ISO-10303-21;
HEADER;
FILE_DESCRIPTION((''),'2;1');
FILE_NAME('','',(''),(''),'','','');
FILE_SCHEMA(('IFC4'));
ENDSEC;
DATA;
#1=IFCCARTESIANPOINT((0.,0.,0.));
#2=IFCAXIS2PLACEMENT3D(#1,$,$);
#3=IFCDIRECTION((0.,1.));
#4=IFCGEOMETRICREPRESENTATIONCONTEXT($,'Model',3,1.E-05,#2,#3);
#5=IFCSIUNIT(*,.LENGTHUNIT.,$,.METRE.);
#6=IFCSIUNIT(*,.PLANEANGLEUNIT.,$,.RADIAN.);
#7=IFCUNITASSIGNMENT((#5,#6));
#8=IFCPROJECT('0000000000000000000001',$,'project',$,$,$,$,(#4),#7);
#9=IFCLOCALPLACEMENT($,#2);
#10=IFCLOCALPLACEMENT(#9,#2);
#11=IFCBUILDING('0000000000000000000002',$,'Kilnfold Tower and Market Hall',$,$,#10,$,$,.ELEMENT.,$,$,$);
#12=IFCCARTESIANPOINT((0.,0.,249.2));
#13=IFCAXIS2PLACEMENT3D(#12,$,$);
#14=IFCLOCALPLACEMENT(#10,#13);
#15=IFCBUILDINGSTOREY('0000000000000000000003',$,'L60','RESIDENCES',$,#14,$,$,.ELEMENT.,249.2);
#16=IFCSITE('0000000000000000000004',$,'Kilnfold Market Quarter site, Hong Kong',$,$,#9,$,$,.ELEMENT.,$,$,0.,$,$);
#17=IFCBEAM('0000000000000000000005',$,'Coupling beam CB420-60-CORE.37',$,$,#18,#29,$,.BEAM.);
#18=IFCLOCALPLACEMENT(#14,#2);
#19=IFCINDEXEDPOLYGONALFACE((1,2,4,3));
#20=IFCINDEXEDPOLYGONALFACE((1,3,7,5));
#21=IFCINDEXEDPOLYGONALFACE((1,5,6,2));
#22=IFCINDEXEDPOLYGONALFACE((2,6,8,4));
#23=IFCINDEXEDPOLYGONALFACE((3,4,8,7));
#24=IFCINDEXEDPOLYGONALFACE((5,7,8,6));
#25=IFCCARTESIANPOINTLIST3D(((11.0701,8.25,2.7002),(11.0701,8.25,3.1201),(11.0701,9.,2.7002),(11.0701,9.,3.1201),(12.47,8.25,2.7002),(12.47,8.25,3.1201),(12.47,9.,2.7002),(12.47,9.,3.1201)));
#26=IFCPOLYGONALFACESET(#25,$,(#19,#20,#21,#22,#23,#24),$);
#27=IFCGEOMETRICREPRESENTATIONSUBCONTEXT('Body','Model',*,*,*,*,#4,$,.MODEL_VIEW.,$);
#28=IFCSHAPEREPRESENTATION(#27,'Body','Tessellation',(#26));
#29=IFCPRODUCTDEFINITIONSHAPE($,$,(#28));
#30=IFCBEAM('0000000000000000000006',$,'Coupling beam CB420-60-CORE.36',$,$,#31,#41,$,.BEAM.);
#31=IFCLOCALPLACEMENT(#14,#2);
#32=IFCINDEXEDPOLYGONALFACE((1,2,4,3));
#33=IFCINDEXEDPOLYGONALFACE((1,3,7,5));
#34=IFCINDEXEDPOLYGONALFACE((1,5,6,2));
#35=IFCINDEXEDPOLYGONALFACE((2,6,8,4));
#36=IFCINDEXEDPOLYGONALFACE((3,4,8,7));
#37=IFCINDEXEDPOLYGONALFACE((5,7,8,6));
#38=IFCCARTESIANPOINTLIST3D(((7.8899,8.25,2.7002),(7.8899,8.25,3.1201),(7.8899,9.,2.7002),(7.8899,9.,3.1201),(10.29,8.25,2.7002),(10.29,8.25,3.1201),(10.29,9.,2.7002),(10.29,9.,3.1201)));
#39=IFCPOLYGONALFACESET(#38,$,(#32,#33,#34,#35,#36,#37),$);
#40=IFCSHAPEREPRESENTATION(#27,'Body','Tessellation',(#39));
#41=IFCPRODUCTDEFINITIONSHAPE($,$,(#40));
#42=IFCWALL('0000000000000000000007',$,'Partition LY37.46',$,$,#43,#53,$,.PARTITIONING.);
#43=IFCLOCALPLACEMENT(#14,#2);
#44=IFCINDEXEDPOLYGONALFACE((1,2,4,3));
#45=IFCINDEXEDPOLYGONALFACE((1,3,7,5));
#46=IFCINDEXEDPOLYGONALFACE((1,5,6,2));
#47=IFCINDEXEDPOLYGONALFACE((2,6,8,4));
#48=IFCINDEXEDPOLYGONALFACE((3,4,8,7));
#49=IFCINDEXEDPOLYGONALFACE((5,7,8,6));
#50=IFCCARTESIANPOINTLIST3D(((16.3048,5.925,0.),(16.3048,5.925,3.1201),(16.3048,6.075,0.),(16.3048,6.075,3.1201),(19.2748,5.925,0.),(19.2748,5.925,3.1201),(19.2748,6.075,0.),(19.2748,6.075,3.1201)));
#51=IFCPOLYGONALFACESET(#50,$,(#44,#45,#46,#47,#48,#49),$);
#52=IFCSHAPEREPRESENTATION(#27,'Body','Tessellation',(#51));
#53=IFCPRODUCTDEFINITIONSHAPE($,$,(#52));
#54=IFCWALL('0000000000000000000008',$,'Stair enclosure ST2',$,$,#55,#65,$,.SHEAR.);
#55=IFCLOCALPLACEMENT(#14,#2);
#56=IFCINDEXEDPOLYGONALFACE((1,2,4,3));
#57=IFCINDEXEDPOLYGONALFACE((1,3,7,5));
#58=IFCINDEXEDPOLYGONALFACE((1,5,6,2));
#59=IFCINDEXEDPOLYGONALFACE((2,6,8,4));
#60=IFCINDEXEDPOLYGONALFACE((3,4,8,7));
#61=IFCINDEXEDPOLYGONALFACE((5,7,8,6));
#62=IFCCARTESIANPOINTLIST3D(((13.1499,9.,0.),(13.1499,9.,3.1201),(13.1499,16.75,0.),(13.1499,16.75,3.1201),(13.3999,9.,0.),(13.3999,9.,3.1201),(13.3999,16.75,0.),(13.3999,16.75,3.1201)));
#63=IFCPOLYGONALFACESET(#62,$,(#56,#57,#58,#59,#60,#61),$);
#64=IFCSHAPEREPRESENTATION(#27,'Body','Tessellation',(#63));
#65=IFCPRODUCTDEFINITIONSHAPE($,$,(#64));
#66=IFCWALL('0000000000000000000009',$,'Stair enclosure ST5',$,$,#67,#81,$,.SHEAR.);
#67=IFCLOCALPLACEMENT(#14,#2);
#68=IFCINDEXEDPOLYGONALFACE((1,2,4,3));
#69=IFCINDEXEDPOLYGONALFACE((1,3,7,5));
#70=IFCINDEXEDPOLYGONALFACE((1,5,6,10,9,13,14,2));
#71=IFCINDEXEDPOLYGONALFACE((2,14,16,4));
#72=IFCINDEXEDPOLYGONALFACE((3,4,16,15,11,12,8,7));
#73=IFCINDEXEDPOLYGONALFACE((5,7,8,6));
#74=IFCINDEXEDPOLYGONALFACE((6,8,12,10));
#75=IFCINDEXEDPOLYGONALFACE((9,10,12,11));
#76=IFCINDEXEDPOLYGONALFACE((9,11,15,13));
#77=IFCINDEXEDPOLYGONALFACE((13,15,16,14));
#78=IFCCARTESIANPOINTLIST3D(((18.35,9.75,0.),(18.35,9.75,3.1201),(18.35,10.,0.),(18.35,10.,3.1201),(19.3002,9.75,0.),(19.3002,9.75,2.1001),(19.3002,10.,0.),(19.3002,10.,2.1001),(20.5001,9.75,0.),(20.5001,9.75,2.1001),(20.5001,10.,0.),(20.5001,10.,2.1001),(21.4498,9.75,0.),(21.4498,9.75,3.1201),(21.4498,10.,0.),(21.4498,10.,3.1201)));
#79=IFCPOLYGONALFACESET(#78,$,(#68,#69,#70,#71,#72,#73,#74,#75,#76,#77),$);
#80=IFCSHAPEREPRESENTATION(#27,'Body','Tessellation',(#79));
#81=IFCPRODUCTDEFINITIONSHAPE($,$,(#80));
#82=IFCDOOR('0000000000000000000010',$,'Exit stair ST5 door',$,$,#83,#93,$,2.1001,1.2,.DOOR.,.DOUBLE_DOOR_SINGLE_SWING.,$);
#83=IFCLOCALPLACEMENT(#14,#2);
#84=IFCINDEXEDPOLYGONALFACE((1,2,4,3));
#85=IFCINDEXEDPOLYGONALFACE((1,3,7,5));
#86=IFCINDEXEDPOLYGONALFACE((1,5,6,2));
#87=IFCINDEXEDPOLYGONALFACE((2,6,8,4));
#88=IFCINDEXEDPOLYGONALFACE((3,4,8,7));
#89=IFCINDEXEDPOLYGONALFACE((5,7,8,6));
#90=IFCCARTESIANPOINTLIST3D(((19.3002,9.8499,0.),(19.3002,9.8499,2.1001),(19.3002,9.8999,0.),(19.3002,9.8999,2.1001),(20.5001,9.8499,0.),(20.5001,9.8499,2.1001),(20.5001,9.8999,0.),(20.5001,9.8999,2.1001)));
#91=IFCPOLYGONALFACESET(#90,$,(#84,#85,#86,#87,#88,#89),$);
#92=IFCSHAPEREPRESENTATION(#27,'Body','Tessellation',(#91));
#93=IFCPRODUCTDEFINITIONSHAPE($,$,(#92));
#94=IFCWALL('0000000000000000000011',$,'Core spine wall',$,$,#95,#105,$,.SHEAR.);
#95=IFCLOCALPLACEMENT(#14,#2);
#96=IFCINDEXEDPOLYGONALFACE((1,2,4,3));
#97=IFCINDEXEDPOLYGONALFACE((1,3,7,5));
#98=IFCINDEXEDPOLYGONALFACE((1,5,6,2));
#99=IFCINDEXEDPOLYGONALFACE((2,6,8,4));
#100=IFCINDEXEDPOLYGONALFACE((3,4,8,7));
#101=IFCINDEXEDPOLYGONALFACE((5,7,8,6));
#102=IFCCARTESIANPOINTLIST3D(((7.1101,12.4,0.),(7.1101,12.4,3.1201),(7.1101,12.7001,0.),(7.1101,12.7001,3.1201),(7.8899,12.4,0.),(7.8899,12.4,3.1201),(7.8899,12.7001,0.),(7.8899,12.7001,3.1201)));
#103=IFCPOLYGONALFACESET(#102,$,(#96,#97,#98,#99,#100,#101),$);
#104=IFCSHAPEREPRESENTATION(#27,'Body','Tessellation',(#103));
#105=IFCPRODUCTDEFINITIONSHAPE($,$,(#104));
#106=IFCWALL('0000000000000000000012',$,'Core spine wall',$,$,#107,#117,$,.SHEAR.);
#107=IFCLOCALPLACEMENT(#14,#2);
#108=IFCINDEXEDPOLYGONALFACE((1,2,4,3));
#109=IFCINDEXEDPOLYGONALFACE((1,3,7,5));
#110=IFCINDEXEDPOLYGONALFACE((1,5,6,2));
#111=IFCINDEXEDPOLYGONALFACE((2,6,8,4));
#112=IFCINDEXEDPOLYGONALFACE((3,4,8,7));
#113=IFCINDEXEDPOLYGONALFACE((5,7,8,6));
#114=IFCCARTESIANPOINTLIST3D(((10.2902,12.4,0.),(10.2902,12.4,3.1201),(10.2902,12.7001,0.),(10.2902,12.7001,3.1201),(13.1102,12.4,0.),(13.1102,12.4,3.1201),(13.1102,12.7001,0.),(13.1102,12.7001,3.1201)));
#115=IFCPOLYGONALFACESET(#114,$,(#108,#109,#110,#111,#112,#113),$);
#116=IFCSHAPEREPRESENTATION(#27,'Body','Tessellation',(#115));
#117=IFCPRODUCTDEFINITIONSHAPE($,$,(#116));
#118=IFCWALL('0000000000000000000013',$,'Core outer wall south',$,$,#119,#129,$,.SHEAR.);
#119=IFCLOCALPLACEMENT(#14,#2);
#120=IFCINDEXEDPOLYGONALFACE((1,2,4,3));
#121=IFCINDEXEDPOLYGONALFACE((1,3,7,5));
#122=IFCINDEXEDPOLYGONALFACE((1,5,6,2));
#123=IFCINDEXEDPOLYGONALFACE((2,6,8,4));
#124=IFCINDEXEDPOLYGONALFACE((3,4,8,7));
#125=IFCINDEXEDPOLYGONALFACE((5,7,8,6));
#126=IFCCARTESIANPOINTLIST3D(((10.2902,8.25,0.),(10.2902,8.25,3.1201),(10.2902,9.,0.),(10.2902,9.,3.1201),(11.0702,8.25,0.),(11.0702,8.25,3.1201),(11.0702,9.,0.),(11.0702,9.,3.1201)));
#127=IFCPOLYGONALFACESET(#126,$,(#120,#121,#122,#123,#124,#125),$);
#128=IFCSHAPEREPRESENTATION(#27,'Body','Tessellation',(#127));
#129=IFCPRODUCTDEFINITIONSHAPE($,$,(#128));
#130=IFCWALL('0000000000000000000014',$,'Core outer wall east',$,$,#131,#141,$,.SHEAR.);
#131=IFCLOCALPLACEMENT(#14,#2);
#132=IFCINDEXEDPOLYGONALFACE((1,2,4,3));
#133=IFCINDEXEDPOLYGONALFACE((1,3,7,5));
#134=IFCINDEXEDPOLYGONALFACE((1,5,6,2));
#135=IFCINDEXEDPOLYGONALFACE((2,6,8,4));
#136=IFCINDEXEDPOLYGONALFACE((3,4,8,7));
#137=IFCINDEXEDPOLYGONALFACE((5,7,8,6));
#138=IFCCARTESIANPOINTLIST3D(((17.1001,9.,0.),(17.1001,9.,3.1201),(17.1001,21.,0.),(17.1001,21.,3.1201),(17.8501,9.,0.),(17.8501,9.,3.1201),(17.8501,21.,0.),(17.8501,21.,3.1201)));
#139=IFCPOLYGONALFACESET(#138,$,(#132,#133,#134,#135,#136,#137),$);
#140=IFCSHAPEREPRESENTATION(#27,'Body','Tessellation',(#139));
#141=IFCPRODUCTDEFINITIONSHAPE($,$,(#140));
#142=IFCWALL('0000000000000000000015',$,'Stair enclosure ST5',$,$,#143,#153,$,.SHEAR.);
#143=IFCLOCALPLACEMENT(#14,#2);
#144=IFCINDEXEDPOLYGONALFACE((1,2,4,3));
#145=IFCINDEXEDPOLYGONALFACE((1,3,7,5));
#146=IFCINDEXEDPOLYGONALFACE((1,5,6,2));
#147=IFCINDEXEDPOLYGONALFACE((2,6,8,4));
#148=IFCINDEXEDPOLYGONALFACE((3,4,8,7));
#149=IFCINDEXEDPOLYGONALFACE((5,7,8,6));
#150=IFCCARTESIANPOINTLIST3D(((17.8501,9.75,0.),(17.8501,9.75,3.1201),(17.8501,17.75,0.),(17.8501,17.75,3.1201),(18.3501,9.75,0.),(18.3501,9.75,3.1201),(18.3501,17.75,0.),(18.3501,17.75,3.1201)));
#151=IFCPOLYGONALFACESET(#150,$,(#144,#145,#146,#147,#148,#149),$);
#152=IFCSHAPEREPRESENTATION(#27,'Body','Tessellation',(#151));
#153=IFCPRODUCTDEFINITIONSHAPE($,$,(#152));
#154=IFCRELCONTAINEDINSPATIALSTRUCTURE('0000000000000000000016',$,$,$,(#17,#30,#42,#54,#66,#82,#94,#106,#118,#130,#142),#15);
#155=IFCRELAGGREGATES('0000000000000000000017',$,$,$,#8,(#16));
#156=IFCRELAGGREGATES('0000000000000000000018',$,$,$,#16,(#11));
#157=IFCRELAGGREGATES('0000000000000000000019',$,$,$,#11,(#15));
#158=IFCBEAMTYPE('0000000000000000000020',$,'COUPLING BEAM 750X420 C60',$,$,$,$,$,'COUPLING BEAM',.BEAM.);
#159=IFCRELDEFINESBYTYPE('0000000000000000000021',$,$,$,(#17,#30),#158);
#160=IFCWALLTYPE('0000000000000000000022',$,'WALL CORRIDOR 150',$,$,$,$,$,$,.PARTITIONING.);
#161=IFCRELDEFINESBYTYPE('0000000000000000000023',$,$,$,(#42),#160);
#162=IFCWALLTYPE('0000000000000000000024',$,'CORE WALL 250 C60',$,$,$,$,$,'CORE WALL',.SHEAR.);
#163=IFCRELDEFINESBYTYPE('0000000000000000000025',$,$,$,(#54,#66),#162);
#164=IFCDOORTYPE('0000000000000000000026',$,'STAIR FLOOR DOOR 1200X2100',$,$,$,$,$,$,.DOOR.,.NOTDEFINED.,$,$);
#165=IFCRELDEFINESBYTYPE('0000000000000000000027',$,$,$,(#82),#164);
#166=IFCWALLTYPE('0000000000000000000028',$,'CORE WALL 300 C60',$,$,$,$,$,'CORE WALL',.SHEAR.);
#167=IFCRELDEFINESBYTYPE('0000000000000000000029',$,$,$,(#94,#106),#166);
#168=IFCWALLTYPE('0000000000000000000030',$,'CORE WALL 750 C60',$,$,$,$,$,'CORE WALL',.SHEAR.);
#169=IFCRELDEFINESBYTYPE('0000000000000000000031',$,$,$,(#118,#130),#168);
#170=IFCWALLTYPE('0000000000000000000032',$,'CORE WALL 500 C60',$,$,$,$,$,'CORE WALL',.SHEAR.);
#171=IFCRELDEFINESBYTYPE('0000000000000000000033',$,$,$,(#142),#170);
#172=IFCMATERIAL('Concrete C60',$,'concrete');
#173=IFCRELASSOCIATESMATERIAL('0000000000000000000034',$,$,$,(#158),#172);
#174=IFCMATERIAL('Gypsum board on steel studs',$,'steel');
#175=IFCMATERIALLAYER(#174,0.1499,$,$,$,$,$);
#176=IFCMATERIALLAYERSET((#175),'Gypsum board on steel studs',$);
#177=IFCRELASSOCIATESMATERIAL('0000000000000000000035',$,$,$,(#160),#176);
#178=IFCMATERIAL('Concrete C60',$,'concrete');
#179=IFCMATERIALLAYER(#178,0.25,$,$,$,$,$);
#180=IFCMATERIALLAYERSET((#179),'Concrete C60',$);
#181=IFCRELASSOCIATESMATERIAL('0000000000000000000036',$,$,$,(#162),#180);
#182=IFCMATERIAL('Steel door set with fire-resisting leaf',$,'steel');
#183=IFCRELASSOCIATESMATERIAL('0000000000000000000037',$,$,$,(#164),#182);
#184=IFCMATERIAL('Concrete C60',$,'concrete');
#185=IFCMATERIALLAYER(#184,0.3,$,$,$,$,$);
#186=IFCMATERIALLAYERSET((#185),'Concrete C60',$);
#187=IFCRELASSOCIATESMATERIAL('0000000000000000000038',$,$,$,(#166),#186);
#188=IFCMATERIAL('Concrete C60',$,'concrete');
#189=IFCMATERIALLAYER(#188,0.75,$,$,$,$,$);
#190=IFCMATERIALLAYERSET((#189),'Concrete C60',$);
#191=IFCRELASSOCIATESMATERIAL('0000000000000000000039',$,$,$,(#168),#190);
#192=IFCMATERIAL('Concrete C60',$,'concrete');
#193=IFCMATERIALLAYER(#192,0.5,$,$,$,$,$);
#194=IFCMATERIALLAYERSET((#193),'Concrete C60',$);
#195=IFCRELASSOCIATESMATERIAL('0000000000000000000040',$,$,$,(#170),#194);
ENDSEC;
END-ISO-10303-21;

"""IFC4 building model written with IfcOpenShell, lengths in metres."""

from ifc_helpers import new_model, si_unit, direction, frame, frame_2d, origin, origin_2d, place, context, subcontext, project, spatial, rectangle, extrude, source, transform, mapped, material, layer, layer_set, material_profile, profile_set, type_object, element, fill, save


model = new_model("IFC4")

# Units and contexts
model_context = context("Model", 3, precision=1e-05, world=origin(), true_north=direction((0.0, 1.0)))
body_context = subcontext(model_context, "Body", "Model", "MODEL_VIEW")
ifc_project = project(units=[si_unit("LENGTHUNIT", "METRE"), si_unit("PLANEANGLEUNIT", "RADIAN")], contexts=[model_context])

# Site, building, storey
site_placement = place(None, origin())
site = spatial("IfcSite", under=ifc_project, at=site_placement, Name="Kilnfold Market Quarter site, Hong Kong", CompositionType="ELEMENT", RefElevation=0.0)
building_placement = place(site_placement, origin())
building = spatial("IfcBuilding", under=site, at=building_placement, Name="Kilnfold Tower and Market Hall", CompositionType="ELEMENT")
storey_placement = place(building_placement, frame((0.0, 0.0, 249.2)))
storey = spatial("IfcBuildingStorey", under=building, at=storey_placement, Name="L60", Description="RESIDENCES", CompositionType="ELEMENT", Elevation=249.2)

# Beams
ifc_material_1 = material(Name="Concrete C60", Category="concrete")
ifc_material_profile = material_profile(ifc_material_1, rectangle(XDim=0.75, YDim=0.4199, at=origin_2d()), Name="RC 750x420")
ifc_profile_set = profile_set([ifc_material_profile], Name="Concrete C60")
beam_type = type_object("IfcBeamType", Name="COUPLING BEAM 750X420 C60", ElementType="COUPLING BEAM", PredefinedType="BEAM", material=ifc_profile_set)
shared_shape_1 = source(origin(), body_context, "Body", "SweptSolid", [
    extrude(rectangle(XDim=0.75, YDim=0.4199, at=origin_2d()), origin(), (0.0, 0.0, 1.0), 1.3999),
])
beam_1_placement = place(storey_placement, frame((11.0701, 8.625, 2.9102), z_axis=(1.0, 0.0, 0.0), x_axis=(0.0, 1.0, 0.0)))
element("IfcBeam", 1, at=beam_1_placement, inside=storey, type_object=beam_type, Name="Coupling beam CB420-60-CORE.37", PredefinedType="BEAM", context=body_context, shape_type="MappedRepresentation", body=[
    mapped(shared_shape_1, transform((0.0, 0.0, 0.0))),
])
shared_shape_2 = source(origin(), body_context, "Body", "SweptSolid", [
    extrude(rectangle(XDim=0.75, YDim=0.4199, at=origin_2d()), origin(), (0.0, 0.0, 1.0), 2.4001),
])
beam_2_placement = place(storey_placement, frame((7.8899, 8.625, 2.9102), z_axis=(1.0, 0.0, 0.0), x_axis=(0.0, 1.0, 0.0)))
element("IfcBeam", 2, at=beam_2_placement, inside=storey, type_object=beam_type, Name="Coupling beam CB420-60-CORE.36", PredefinedType="BEAM", context=body_context, shape_type="MappedRepresentation", body=[
    mapped(shared_shape_2, transform((0.0, 0.0, 0.0))),
])

# Walls
ifc_material_2 = material(Name="Gypsum board on steel studs", Category="steel")
ifc_layer_1 = layer(ifc_material_2, 0.1499)
ifc_layer_set_1 = layer_set([ifc_layer_1], Name="Gypsum board on steel studs")
wall_type_1 = type_object("IfcWallType", Name="WALL CORRIDOR 150", PredefinedType="PARTITIONING", material=ifc_layer_set_1)
wall_1_placement = place(storey_placement, frame((16.3049, 6.0, 0.0), z_axis=(0.0, 0.0, 1.0), x_axis=(1.0, 0.0, 0.0)))
element("IfcWall", 3, at=wall_1_placement, inside=storey, type_object=wall_type_1, Name="Partition LY37.46", PredefinedType="PARTITIONING", context=body_context, shape_type="SweptSolid", body=[
    extrude(rectangle(XDim=2.97, YDim=0.1499, at=frame_2d((1.4849, 0.0))), origin(), (0.0, 0.0, 1.0), 3.1201),
])
ifc_material_3 = material(Name="Concrete C60", Category="concrete")
ifc_layer_2 = layer(ifc_material_3, 0.25)
ifc_layer_set_2 = layer_set([ifc_layer_2], Name="Concrete C60")
wall_type_2 = type_object("IfcWallType", Name="CORE WALL 250 C60", ElementType="CORE WALL", PredefinedType="SHEAR", material=ifc_layer_set_2)
shared_shape_3 = source(origin(), body_context, "Body", "SweptSolid", [
    extrude(rectangle(XDim=7.75, YDim=0.25, at=frame_2d((3.875, 0.0))), origin(), (0.0, 0.0, 1.0), 3.1201),
])
wall_2_placement = place(storey_placement, frame((13.2749, 9.0, 0.0), z_axis=(0.0, 0.0, 1.0), x_axis=(0.0, 1.0, 0.0)))
element("IfcWall", 4, at=wall_2_placement, inside=storey, type_object=wall_type_2, Name="Stair enclosure ST2", PredefinedType="SHEAR", context=body_context, shape_type="MappedRepresentation", body=[
    mapped(shared_shape_3, transform((0.0, 0.0, 0.0))),
])

# Wall, opening, door
shared_shape_4 = source(origin(), body_context, "Body", "SweptSolid", [
    extrude(rectangle(XDim=3.0999, YDim=0.25, at=frame_2d((1.5498, 0.0))), origin(), (0.0, 0.0, 1.0), 3.1201),
])
wall_3_placement = place(storey_placement, frame((18.3501, 9.875, 0.0), z_axis=(0.0, 0.0, 1.0), x_axis=(1.0, 0.0, 0.0)))
wall_3 = element("IfcWall", 5, at=wall_3_placement, inside=storey, type_object=wall_type_2, Name="Stair enclosure ST5", PredefinedType="SHEAR", context=body_context, shape_type="MappedRepresentation", body=[
    mapped(shared_shape_4, transform((0.0, 0.0, 0.0))),
])
opening_1_placement = place(wall_3_placement, frame((0.95, 0.0, 0.0)))
opening_1 = element("IfcOpeningElement", 6, at=opening_1_placement, cuts=wall_3, PredefinedType="OPENING", context=body_context, shape_type="SweptSolid", body=[
    extrude(rectangle(XDim=1.2, YDim=2.1001, at=frame_2d((0.6001, 1.05))), frame((0.0, 0.135, 0.0), z_axis=(0.0, -1.0, 0.0), x_axis=(1.0, 0.0, 0.0)), (0.0, 0.0, 1.0), 0.27),
])
ifc_material_4 = material(Name="Steel door set with fire-resisting leaf", Category="steel")
door_type_1 = type_object("IfcDoorType", Name="STAIR FLOOR DOOR 1200X2100", OperationType="NOTDEFINED", PredefinedType="DOOR", material=ifc_material_4)
door_1_placement = place(opening_1_placement, origin())
door_1 = element("IfcDoor", 7, at=door_1_placement, inside=storey, type_object=door_type_1, Name="Exit stair ST5 door", OperationType="DOUBLE_DOOR_SINGLE_SWING", OverallHeight=2.1001, OverallWidth=1.2, PredefinedType="DOOR", context=body_context, shape_type="SweptSolid", body=[
    extrude(rectangle(XDim=1.2, YDim=2.1001, at=frame_2d((0.6001, 1.05))), frame((0.0, 0.0249, 0.0), z_axis=(0.0, -1.0, 0.0), x_axis=(1.0, 0.0, 0.0)), (0.0, 0.0, 1.0), 0.05),
])
fill(opening_1, door_1)

# Walls
ifc_material_5 = material(Name="Concrete C60", Category="concrete")
ifc_layer_3 = layer(ifc_material_5, 0.3)
ifc_layer_set_3 = layer_set([ifc_layer_3], Name="Concrete C60")
wall_type_3 = type_object("IfcWallType", Name="CORE WALL 300 C60", ElementType="CORE WALL", PredefinedType="SHEAR", material=ifc_layer_set_3)
shared_shape_5 = source(origin(), body_context, "Body", "SweptSolid", [
    extrude(rectangle(XDim=0.7798, YDim=0.3, at=frame_2d((0.3899, 0.0))), origin(), (0.0, 0.0, 1.0), 3.1201),
])
wall_4_placement = place(storey_placement, frame((7.1101, 12.55, 0.0), z_axis=(0.0, 0.0, 1.0), x_axis=(1.0, 0.0, 0.0)))
element("IfcWall", 8, at=wall_4_placement, inside=storey, type_object=wall_type_3, Name="Core spine wall", PredefinedType="SHEAR", context=body_context, shape_type="MappedRepresentation", body=[
    mapped(shared_shape_5, transform((0.0, 0.0, 0.0))),
])
shared_shape_6 = source(origin(), body_context, "Body", "SweptSolid", [
    extrude(rectangle(XDim=2.8201, YDim=0.3, at=frame_2d((1.4102, 0.0))), origin(), (0.0, 0.0, 1.0), 3.1201),
])
wall_5_placement = place(storey_placement, frame((10.29, 12.55, 0.0), z_axis=(0.0, 0.0, 1.0), x_axis=(1.0, 0.0, 0.0)))
element("IfcWall", 9, at=wall_5_placement, inside=storey, type_object=wall_type_3, Name="Core spine wall", PredefinedType="SHEAR", context=body_context, shape_type="MappedRepresentation", body=[
    mapped(shared_shape_6, transform((0.0, 0.0, 0.0))),
])
ifc_material_6 = material(Name="Concrete C60", Category="concrete")
ifc_layer_4 = layer(ifc_material_6, 0.75)
ifc_layer_set_4 = layer_set([ifc_layer_4], Name="Concrete C60")
wall_type_4 = type_object("IfcWallType", Name="CORE WALL 750 C60", ElementType="CORE WALL", PredefinedType="SHEAR", material=ifc_layer_set_4)
shared_shape_7 = source(origin(), body_context, "Body", "SweptSolid", [
    extrude(rectangle(XDim=0.78, YDim=0.75, at=frame_2d((0.3901, 0.0))), origin(), (0.0, 0.0, 1.0), 3.1201),
])
wall_6_placement = place(storey_placement, frame((10.29, 8.625, 0.0), z_axis=(0.0, 0.0, 1.0), x_axis=(1.0, 0.0, 0.0)))
element("IfcWall", 10, at=wall_6_placement, inside=storey, type_object=wall_type_4, Name="Core outer wall south", PredefinedType="SHEAR", context=body_context, shape_type="MappedRepresentation", body=[
    mapped(shared_shape_7, transform((0.0, 0.0, 0.0))),
])

# Walls
shared_shape_8 = source(origin(), body_context, "Body", "SweptSolid", [
    extrude(rectangle(XDim=12.0, YDim=0.75, at=frame_2d((6.0, 0.0))), origin(), (0.0, 0.0, 1.0), 3.1201),
])
wall_7_placement = place(storey_placement, frame((17.4751, 9.0, 0.0), z_axis=(0.0, 0.0, 1.0), x_axis=(0.0, 1.0, 0.0)))
element("IfcWall", 11, at=wall_7_placement, inside=storey, type_object=wall_type_4, Name="Core outer wall east", PredefinedType="SHEAR", context=body_context, shape_type="MappedRepresentation", body=[
    mapped(shared_shape_8, transform((0.0, 0.0, 0.0))),
])
ifc_material_7 = material(Name="Concrete C60", Category="concrete")
ifc_layer_5 = layer(ifc_material_7, 0.5)
ifc_layer_set_5 = layer_set([ifc_layer_5], Name="Concrete C60")
wall_type_5 = type_object("IfcWallType", Name="CORE WALL 500 C60", ElementType="CORE WALL", PredefinedType="SHEAR", material=ifc_layer_set_5)
shared_shape_9 = source(origin(), body_context, "Body", "SweptSolid", [
    extrude(rectangle(XDim=8.0, YDim=0.5, at=frame_2d((4.0, 0.0))), origin(), (0.0, 0.0, 1.0), 3.1201),
])
wall_8_placement = place(storey_placement, frame((18.1001, 9.75, 0.0), z_axis=(0.0, 0.0, 1.0), x_axis=(0.0, 1.0, 0.0)))
element("IfcWall", 12, at=wall_8_placement, inside=storey, type_object=wall_type_5, Name="Stair enclosure ST5", PredefinedType="SHEAR", context=body_context, shape_type="MappedRepresentation", body=[
    mapped(shared_shape_9, transform((0.0, 0.0, 0.0))),
])

save(model, "model.ifc")
